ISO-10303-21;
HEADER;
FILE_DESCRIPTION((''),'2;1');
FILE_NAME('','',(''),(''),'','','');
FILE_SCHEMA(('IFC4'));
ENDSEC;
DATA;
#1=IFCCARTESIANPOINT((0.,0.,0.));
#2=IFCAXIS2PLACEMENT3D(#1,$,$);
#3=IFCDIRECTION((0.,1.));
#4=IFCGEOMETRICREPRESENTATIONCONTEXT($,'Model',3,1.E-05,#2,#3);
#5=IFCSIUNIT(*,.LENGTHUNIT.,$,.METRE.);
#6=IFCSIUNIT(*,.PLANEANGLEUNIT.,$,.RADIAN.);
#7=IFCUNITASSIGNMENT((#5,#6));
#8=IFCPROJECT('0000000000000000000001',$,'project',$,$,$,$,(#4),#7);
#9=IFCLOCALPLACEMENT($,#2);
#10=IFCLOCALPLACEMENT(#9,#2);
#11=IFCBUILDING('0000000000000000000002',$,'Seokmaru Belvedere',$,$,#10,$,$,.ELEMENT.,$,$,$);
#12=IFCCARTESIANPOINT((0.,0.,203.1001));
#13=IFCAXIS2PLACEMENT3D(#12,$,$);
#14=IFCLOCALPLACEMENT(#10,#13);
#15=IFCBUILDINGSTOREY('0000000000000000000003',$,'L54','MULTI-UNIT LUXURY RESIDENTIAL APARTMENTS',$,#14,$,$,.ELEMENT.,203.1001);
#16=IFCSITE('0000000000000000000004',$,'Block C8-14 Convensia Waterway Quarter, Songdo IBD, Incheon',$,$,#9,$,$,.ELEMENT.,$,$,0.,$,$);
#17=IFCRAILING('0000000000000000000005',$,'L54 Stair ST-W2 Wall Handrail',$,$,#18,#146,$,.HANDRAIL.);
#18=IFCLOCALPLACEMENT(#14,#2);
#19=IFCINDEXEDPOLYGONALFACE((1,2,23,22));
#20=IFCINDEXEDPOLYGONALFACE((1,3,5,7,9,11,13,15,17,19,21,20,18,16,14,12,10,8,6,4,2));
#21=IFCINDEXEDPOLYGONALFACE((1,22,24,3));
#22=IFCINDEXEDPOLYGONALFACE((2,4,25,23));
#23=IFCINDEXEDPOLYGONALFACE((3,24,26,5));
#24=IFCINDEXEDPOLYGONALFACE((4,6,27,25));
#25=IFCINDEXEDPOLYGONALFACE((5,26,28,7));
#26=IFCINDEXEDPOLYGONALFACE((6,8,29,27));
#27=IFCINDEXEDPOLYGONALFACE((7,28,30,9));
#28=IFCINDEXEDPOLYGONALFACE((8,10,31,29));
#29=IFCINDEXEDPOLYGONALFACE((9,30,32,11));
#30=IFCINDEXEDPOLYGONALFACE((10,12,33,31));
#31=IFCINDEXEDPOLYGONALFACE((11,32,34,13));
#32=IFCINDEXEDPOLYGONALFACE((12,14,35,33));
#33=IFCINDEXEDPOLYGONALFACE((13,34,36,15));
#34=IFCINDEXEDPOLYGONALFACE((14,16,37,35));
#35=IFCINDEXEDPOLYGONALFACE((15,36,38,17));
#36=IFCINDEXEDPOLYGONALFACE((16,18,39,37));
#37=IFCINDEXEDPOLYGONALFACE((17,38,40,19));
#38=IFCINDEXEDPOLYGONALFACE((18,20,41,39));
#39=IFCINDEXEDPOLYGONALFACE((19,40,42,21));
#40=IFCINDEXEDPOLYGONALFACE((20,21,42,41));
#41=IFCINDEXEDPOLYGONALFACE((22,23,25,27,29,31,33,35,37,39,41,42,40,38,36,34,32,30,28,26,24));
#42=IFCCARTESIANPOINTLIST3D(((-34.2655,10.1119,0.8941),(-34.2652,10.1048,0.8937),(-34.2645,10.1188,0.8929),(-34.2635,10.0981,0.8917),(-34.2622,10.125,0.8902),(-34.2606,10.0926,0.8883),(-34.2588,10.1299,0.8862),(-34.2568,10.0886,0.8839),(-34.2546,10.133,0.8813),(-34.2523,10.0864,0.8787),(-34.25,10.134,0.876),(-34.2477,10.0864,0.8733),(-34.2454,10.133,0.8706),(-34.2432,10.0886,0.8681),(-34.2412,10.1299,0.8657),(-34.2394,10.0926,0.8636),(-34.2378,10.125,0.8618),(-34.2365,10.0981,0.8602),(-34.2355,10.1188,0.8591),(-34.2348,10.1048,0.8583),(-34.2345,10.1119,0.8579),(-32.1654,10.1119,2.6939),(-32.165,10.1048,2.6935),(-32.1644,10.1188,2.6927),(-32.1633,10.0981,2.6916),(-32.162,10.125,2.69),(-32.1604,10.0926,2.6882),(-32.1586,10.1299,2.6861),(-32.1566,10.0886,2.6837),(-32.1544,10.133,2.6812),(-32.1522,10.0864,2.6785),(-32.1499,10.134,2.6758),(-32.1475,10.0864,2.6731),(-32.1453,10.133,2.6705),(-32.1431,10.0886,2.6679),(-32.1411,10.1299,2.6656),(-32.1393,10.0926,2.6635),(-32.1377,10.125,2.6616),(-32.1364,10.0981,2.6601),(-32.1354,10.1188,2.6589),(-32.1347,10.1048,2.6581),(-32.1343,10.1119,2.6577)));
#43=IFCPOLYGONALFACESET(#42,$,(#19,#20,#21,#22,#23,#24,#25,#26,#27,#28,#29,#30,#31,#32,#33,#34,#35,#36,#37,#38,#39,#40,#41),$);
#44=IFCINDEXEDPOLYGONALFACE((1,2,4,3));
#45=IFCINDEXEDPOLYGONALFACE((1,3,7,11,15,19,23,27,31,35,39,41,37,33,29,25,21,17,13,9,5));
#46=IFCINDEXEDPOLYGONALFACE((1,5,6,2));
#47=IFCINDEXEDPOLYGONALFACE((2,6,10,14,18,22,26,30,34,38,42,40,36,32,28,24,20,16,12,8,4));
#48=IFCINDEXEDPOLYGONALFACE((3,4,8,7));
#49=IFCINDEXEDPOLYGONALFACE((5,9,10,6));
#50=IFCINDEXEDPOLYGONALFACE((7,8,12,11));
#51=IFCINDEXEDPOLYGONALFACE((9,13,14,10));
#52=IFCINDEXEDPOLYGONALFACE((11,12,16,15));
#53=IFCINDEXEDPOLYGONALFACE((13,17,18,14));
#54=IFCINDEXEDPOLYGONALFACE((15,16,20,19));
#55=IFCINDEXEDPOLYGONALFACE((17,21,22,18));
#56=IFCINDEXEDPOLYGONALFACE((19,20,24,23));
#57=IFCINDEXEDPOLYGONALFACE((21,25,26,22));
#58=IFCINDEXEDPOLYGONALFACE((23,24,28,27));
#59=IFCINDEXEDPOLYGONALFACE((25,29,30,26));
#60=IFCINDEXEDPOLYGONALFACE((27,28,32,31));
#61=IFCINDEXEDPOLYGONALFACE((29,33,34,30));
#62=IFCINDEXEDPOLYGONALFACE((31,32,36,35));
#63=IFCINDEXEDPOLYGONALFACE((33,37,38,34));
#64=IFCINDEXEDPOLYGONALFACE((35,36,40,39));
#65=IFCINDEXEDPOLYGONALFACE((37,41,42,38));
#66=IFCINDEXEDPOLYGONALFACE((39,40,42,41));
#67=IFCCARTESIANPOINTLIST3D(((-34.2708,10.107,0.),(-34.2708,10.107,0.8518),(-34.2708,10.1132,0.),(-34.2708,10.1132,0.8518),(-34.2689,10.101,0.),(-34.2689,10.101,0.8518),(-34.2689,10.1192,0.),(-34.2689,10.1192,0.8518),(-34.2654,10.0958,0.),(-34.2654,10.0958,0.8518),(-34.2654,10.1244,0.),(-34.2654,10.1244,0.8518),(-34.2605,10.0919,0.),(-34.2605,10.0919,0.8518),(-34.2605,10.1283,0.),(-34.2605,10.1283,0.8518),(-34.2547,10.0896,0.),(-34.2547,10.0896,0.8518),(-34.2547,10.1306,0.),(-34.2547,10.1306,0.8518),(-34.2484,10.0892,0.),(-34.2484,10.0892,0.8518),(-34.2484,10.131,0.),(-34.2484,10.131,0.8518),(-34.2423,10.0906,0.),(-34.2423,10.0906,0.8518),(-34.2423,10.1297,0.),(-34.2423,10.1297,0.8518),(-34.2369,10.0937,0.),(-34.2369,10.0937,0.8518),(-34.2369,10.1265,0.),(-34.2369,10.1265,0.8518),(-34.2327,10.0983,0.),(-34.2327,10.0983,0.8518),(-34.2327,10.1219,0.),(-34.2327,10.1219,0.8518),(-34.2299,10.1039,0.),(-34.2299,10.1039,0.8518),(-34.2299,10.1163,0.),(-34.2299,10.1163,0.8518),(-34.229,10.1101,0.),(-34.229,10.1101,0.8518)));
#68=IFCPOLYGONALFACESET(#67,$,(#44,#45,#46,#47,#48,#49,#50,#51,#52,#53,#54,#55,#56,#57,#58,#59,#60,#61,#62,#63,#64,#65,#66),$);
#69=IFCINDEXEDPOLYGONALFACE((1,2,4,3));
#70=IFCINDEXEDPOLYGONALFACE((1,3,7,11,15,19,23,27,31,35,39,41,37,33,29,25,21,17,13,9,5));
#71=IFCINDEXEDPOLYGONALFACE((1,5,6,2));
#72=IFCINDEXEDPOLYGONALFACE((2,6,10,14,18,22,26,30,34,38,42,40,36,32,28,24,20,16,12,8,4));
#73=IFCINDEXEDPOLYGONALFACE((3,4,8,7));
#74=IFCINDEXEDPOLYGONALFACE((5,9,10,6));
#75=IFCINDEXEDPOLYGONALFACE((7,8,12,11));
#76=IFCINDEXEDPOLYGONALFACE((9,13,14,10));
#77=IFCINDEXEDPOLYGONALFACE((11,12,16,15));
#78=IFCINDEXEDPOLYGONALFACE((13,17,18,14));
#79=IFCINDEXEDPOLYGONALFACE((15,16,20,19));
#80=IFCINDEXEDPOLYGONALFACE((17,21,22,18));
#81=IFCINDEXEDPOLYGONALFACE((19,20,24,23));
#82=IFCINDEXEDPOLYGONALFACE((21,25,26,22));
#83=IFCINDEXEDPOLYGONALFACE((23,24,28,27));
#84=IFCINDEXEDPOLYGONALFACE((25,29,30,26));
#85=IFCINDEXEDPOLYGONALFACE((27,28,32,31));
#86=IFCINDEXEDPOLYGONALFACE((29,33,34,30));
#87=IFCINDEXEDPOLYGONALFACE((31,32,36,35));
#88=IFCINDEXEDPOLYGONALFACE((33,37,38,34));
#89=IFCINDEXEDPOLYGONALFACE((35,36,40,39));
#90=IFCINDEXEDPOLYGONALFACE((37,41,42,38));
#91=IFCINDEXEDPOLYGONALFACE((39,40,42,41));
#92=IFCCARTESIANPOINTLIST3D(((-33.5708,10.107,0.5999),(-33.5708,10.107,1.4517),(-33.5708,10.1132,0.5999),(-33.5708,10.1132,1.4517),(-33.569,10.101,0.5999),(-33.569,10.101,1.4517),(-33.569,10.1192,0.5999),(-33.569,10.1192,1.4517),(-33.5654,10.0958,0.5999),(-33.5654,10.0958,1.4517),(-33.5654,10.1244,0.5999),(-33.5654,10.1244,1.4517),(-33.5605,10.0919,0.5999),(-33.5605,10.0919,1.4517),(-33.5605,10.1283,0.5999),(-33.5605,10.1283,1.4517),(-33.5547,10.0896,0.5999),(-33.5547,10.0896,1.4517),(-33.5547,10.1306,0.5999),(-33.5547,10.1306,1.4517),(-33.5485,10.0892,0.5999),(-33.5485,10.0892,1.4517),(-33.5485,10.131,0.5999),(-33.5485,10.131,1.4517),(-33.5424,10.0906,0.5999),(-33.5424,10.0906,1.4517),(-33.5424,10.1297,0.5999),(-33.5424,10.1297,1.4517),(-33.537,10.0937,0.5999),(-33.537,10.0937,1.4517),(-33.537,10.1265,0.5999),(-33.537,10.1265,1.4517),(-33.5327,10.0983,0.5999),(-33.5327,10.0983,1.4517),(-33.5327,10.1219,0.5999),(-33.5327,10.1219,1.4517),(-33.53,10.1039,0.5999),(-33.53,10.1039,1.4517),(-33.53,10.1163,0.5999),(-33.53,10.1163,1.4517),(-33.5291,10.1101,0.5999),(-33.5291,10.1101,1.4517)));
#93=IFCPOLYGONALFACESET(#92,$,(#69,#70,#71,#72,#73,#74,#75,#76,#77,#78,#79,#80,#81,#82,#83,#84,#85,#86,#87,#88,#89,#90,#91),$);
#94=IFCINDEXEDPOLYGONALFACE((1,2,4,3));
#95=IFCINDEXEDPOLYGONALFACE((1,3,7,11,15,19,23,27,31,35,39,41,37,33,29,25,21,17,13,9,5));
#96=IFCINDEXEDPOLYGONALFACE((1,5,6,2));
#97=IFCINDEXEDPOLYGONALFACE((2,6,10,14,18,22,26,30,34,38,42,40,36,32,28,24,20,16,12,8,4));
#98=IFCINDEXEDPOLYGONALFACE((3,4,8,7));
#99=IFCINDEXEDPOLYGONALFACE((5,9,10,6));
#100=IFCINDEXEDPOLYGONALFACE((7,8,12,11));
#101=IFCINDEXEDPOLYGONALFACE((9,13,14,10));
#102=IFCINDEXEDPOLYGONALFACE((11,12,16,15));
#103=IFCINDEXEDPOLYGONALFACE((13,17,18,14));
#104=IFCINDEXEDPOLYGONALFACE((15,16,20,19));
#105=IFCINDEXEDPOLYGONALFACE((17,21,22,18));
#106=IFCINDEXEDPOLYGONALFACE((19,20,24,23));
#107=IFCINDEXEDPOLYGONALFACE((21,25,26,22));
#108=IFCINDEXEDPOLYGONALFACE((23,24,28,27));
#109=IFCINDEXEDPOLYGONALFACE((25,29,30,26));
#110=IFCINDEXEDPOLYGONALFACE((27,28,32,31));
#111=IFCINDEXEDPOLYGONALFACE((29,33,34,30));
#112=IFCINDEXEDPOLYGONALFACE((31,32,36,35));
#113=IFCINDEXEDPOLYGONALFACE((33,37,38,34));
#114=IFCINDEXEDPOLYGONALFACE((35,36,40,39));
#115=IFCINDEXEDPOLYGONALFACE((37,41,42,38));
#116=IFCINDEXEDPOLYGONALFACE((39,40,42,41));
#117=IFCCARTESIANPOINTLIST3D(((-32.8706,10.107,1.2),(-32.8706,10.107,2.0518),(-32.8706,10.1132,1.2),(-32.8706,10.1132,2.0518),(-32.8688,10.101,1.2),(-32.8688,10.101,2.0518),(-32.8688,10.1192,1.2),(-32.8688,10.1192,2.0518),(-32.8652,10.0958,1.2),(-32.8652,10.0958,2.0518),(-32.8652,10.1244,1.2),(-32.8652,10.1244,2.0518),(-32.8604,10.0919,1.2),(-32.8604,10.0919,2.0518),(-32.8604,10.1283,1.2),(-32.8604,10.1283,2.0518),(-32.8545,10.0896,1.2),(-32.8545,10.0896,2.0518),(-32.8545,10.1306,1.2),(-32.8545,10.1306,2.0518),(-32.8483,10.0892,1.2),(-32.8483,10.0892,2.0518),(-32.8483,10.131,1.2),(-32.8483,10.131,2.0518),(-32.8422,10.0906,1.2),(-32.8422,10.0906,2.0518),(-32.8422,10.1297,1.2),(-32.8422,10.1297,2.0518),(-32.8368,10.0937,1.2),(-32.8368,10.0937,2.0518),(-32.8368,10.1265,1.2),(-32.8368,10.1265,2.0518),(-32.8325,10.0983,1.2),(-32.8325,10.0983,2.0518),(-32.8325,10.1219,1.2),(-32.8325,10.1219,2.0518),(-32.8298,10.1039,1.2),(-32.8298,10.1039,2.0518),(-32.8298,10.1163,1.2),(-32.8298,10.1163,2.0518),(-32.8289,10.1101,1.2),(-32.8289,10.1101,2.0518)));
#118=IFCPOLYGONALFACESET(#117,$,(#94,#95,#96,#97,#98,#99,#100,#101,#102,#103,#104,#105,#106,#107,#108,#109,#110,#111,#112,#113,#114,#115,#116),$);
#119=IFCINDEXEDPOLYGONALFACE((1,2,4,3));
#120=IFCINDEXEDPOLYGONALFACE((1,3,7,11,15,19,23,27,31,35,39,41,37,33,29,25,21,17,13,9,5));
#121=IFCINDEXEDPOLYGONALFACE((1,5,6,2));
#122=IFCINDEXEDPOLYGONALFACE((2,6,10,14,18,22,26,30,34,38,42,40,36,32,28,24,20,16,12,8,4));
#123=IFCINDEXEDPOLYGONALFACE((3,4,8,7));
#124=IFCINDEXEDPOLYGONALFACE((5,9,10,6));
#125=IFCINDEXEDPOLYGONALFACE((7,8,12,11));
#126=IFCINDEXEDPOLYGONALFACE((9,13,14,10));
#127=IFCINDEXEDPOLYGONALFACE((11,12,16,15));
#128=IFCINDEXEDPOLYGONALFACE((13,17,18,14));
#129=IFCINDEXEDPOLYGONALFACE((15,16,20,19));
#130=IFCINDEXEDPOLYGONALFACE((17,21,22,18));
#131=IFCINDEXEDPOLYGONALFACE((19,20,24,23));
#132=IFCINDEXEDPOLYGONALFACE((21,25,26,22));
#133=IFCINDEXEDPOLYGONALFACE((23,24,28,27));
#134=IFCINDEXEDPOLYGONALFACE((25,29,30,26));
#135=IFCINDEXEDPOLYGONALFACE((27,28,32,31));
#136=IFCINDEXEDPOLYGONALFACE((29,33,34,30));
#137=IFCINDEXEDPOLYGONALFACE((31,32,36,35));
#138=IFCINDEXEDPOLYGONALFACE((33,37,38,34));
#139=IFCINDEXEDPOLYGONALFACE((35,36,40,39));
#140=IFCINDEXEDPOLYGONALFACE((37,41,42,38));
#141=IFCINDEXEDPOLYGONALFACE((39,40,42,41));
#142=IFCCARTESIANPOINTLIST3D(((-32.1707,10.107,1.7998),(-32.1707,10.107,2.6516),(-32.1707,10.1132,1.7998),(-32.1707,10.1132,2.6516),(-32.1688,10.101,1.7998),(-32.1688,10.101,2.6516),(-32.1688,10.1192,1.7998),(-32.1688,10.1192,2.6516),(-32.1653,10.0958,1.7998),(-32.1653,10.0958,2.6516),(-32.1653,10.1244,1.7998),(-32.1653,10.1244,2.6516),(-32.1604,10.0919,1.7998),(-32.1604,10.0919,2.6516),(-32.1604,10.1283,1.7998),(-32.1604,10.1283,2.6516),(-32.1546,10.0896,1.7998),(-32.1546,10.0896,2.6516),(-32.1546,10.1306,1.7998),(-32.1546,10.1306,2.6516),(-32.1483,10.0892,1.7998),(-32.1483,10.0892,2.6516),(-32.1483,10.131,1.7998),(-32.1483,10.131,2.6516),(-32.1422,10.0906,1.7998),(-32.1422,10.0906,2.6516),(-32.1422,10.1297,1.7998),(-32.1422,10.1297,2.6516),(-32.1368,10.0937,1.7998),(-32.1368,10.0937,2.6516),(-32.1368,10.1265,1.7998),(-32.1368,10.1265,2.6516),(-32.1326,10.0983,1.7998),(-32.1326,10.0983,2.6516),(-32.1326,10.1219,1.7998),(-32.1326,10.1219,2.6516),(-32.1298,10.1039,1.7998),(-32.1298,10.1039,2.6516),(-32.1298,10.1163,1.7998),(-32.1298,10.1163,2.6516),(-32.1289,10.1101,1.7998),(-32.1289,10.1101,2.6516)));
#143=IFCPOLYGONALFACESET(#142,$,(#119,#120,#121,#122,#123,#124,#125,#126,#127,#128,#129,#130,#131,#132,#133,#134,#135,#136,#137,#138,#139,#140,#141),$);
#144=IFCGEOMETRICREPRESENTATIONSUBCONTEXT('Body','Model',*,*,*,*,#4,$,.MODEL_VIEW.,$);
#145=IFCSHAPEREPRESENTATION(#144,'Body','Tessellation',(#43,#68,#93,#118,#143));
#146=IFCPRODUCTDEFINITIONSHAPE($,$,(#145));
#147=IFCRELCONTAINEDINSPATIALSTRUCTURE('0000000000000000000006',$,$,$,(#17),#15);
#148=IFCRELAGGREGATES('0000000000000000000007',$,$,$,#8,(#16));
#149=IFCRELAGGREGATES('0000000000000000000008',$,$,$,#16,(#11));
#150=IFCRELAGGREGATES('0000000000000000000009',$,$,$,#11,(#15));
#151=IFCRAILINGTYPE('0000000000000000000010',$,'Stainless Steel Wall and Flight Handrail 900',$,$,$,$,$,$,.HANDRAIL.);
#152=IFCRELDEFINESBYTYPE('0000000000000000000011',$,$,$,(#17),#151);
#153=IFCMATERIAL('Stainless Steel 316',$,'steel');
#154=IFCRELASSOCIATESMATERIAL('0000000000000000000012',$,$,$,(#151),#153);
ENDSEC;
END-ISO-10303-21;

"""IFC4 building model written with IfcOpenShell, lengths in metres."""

from ifc_helpers import new_model, si_unit, direction, frame, origin, origin_2d, place, context, subcontext, project, spatial, circle, extrude, material, type_object, element, save


model = new_model("IFC4")

# Units and contexts
model_context = context("Model", 3, precision=1e-05, world=origin(), true_north=direction((0.0, 1.0)))
body_context = subcontext(model_context, "Body", "Model", "MODEL_VIEW")
ifc_project = project(units=[si_unit("LENGTHUNIT", "METRE"), si_unit("PLANEANGLEUNIT", "RADIAN")], contexts=[model_context])

# Site, building, storey
site_placement = place(None, origin())
site = spatial("IfcSite", under=ifc_project, at=site_placement, Name="Block C8-14 Convensia Waterway Quarter, Songdo IBD, Incheon", CompositionType="ELEMENT", RefElevation=0.0)
building_placement = place(site_placement, origin())
building = spatial("IfcBuilding", under=site, at=building_placement, Name="Seokmaru Belvedere", CompositionType="ELEMENT")
storey_placement = place(building_placement, frame((0.0, 0.0, 203.1001)))
storey = spatial("IfcBuildingStorey", under=building, at=storey_placement, Name="L54", Description="MULTI-UNIT LUXURY RESIDENTIAL APARTMENTS", CompositionType="ELEMENT", Elevation=203.1001)

# Railing
ifc_material_1 = material(Name="Stainless Steel 316", Category="steel")
railing_type_1 = type_object("IfcRailingType", Name="Stainless Steel Wall and Flight Handrail 900", PredefinedType="HANDRAIL", material=ifc_material_1)
railing_1_placement = place(storey_placement, frame((-34.25, 10.1101, 0.0)))
element("IfcRailing", 1, at=railing_1_placement, inside=storey, type_object=railing_type_1, Name="L54 Stair ST-W2 Wall Handrail", PredefinedType="HANDRAIL", context=body_context, shape_type="SweptSolid", body=[
    extrude(circle(Radius=0.0239, at=origin_2d()), frame((0.0, 0.0, 0.876), z_axis=(0.759306, 0.0, 0.650733), x_axis=(0.0, 1.0, 0.0)), (0.0, 0.0, 1.0), 2.7659),
    extrude(circle(Radius=0.021, at=origin_2d()), origin(), (0.0, 0.0, 1.0), 0.8518),
    extrude(circle(Radius=0.021, at=origin_2d()), frame((0.7, 0.0, 0.5999)), (0.0, 0.0, 1.0), 0.8518),
    extrude(circle(Radius=0.021, at=origin_2d()), frame((1.4001, 0.0, 1.2)), (0.0, 0.0, 1.0), 0.8518),
    extrude(circle(Radius=0.021, at=origin_2d()), frame((2.1001, 0.0, 1.7998)), (0.0, 0.0, 1.0), 0.8518),
])

save(model, "model.ifc")
